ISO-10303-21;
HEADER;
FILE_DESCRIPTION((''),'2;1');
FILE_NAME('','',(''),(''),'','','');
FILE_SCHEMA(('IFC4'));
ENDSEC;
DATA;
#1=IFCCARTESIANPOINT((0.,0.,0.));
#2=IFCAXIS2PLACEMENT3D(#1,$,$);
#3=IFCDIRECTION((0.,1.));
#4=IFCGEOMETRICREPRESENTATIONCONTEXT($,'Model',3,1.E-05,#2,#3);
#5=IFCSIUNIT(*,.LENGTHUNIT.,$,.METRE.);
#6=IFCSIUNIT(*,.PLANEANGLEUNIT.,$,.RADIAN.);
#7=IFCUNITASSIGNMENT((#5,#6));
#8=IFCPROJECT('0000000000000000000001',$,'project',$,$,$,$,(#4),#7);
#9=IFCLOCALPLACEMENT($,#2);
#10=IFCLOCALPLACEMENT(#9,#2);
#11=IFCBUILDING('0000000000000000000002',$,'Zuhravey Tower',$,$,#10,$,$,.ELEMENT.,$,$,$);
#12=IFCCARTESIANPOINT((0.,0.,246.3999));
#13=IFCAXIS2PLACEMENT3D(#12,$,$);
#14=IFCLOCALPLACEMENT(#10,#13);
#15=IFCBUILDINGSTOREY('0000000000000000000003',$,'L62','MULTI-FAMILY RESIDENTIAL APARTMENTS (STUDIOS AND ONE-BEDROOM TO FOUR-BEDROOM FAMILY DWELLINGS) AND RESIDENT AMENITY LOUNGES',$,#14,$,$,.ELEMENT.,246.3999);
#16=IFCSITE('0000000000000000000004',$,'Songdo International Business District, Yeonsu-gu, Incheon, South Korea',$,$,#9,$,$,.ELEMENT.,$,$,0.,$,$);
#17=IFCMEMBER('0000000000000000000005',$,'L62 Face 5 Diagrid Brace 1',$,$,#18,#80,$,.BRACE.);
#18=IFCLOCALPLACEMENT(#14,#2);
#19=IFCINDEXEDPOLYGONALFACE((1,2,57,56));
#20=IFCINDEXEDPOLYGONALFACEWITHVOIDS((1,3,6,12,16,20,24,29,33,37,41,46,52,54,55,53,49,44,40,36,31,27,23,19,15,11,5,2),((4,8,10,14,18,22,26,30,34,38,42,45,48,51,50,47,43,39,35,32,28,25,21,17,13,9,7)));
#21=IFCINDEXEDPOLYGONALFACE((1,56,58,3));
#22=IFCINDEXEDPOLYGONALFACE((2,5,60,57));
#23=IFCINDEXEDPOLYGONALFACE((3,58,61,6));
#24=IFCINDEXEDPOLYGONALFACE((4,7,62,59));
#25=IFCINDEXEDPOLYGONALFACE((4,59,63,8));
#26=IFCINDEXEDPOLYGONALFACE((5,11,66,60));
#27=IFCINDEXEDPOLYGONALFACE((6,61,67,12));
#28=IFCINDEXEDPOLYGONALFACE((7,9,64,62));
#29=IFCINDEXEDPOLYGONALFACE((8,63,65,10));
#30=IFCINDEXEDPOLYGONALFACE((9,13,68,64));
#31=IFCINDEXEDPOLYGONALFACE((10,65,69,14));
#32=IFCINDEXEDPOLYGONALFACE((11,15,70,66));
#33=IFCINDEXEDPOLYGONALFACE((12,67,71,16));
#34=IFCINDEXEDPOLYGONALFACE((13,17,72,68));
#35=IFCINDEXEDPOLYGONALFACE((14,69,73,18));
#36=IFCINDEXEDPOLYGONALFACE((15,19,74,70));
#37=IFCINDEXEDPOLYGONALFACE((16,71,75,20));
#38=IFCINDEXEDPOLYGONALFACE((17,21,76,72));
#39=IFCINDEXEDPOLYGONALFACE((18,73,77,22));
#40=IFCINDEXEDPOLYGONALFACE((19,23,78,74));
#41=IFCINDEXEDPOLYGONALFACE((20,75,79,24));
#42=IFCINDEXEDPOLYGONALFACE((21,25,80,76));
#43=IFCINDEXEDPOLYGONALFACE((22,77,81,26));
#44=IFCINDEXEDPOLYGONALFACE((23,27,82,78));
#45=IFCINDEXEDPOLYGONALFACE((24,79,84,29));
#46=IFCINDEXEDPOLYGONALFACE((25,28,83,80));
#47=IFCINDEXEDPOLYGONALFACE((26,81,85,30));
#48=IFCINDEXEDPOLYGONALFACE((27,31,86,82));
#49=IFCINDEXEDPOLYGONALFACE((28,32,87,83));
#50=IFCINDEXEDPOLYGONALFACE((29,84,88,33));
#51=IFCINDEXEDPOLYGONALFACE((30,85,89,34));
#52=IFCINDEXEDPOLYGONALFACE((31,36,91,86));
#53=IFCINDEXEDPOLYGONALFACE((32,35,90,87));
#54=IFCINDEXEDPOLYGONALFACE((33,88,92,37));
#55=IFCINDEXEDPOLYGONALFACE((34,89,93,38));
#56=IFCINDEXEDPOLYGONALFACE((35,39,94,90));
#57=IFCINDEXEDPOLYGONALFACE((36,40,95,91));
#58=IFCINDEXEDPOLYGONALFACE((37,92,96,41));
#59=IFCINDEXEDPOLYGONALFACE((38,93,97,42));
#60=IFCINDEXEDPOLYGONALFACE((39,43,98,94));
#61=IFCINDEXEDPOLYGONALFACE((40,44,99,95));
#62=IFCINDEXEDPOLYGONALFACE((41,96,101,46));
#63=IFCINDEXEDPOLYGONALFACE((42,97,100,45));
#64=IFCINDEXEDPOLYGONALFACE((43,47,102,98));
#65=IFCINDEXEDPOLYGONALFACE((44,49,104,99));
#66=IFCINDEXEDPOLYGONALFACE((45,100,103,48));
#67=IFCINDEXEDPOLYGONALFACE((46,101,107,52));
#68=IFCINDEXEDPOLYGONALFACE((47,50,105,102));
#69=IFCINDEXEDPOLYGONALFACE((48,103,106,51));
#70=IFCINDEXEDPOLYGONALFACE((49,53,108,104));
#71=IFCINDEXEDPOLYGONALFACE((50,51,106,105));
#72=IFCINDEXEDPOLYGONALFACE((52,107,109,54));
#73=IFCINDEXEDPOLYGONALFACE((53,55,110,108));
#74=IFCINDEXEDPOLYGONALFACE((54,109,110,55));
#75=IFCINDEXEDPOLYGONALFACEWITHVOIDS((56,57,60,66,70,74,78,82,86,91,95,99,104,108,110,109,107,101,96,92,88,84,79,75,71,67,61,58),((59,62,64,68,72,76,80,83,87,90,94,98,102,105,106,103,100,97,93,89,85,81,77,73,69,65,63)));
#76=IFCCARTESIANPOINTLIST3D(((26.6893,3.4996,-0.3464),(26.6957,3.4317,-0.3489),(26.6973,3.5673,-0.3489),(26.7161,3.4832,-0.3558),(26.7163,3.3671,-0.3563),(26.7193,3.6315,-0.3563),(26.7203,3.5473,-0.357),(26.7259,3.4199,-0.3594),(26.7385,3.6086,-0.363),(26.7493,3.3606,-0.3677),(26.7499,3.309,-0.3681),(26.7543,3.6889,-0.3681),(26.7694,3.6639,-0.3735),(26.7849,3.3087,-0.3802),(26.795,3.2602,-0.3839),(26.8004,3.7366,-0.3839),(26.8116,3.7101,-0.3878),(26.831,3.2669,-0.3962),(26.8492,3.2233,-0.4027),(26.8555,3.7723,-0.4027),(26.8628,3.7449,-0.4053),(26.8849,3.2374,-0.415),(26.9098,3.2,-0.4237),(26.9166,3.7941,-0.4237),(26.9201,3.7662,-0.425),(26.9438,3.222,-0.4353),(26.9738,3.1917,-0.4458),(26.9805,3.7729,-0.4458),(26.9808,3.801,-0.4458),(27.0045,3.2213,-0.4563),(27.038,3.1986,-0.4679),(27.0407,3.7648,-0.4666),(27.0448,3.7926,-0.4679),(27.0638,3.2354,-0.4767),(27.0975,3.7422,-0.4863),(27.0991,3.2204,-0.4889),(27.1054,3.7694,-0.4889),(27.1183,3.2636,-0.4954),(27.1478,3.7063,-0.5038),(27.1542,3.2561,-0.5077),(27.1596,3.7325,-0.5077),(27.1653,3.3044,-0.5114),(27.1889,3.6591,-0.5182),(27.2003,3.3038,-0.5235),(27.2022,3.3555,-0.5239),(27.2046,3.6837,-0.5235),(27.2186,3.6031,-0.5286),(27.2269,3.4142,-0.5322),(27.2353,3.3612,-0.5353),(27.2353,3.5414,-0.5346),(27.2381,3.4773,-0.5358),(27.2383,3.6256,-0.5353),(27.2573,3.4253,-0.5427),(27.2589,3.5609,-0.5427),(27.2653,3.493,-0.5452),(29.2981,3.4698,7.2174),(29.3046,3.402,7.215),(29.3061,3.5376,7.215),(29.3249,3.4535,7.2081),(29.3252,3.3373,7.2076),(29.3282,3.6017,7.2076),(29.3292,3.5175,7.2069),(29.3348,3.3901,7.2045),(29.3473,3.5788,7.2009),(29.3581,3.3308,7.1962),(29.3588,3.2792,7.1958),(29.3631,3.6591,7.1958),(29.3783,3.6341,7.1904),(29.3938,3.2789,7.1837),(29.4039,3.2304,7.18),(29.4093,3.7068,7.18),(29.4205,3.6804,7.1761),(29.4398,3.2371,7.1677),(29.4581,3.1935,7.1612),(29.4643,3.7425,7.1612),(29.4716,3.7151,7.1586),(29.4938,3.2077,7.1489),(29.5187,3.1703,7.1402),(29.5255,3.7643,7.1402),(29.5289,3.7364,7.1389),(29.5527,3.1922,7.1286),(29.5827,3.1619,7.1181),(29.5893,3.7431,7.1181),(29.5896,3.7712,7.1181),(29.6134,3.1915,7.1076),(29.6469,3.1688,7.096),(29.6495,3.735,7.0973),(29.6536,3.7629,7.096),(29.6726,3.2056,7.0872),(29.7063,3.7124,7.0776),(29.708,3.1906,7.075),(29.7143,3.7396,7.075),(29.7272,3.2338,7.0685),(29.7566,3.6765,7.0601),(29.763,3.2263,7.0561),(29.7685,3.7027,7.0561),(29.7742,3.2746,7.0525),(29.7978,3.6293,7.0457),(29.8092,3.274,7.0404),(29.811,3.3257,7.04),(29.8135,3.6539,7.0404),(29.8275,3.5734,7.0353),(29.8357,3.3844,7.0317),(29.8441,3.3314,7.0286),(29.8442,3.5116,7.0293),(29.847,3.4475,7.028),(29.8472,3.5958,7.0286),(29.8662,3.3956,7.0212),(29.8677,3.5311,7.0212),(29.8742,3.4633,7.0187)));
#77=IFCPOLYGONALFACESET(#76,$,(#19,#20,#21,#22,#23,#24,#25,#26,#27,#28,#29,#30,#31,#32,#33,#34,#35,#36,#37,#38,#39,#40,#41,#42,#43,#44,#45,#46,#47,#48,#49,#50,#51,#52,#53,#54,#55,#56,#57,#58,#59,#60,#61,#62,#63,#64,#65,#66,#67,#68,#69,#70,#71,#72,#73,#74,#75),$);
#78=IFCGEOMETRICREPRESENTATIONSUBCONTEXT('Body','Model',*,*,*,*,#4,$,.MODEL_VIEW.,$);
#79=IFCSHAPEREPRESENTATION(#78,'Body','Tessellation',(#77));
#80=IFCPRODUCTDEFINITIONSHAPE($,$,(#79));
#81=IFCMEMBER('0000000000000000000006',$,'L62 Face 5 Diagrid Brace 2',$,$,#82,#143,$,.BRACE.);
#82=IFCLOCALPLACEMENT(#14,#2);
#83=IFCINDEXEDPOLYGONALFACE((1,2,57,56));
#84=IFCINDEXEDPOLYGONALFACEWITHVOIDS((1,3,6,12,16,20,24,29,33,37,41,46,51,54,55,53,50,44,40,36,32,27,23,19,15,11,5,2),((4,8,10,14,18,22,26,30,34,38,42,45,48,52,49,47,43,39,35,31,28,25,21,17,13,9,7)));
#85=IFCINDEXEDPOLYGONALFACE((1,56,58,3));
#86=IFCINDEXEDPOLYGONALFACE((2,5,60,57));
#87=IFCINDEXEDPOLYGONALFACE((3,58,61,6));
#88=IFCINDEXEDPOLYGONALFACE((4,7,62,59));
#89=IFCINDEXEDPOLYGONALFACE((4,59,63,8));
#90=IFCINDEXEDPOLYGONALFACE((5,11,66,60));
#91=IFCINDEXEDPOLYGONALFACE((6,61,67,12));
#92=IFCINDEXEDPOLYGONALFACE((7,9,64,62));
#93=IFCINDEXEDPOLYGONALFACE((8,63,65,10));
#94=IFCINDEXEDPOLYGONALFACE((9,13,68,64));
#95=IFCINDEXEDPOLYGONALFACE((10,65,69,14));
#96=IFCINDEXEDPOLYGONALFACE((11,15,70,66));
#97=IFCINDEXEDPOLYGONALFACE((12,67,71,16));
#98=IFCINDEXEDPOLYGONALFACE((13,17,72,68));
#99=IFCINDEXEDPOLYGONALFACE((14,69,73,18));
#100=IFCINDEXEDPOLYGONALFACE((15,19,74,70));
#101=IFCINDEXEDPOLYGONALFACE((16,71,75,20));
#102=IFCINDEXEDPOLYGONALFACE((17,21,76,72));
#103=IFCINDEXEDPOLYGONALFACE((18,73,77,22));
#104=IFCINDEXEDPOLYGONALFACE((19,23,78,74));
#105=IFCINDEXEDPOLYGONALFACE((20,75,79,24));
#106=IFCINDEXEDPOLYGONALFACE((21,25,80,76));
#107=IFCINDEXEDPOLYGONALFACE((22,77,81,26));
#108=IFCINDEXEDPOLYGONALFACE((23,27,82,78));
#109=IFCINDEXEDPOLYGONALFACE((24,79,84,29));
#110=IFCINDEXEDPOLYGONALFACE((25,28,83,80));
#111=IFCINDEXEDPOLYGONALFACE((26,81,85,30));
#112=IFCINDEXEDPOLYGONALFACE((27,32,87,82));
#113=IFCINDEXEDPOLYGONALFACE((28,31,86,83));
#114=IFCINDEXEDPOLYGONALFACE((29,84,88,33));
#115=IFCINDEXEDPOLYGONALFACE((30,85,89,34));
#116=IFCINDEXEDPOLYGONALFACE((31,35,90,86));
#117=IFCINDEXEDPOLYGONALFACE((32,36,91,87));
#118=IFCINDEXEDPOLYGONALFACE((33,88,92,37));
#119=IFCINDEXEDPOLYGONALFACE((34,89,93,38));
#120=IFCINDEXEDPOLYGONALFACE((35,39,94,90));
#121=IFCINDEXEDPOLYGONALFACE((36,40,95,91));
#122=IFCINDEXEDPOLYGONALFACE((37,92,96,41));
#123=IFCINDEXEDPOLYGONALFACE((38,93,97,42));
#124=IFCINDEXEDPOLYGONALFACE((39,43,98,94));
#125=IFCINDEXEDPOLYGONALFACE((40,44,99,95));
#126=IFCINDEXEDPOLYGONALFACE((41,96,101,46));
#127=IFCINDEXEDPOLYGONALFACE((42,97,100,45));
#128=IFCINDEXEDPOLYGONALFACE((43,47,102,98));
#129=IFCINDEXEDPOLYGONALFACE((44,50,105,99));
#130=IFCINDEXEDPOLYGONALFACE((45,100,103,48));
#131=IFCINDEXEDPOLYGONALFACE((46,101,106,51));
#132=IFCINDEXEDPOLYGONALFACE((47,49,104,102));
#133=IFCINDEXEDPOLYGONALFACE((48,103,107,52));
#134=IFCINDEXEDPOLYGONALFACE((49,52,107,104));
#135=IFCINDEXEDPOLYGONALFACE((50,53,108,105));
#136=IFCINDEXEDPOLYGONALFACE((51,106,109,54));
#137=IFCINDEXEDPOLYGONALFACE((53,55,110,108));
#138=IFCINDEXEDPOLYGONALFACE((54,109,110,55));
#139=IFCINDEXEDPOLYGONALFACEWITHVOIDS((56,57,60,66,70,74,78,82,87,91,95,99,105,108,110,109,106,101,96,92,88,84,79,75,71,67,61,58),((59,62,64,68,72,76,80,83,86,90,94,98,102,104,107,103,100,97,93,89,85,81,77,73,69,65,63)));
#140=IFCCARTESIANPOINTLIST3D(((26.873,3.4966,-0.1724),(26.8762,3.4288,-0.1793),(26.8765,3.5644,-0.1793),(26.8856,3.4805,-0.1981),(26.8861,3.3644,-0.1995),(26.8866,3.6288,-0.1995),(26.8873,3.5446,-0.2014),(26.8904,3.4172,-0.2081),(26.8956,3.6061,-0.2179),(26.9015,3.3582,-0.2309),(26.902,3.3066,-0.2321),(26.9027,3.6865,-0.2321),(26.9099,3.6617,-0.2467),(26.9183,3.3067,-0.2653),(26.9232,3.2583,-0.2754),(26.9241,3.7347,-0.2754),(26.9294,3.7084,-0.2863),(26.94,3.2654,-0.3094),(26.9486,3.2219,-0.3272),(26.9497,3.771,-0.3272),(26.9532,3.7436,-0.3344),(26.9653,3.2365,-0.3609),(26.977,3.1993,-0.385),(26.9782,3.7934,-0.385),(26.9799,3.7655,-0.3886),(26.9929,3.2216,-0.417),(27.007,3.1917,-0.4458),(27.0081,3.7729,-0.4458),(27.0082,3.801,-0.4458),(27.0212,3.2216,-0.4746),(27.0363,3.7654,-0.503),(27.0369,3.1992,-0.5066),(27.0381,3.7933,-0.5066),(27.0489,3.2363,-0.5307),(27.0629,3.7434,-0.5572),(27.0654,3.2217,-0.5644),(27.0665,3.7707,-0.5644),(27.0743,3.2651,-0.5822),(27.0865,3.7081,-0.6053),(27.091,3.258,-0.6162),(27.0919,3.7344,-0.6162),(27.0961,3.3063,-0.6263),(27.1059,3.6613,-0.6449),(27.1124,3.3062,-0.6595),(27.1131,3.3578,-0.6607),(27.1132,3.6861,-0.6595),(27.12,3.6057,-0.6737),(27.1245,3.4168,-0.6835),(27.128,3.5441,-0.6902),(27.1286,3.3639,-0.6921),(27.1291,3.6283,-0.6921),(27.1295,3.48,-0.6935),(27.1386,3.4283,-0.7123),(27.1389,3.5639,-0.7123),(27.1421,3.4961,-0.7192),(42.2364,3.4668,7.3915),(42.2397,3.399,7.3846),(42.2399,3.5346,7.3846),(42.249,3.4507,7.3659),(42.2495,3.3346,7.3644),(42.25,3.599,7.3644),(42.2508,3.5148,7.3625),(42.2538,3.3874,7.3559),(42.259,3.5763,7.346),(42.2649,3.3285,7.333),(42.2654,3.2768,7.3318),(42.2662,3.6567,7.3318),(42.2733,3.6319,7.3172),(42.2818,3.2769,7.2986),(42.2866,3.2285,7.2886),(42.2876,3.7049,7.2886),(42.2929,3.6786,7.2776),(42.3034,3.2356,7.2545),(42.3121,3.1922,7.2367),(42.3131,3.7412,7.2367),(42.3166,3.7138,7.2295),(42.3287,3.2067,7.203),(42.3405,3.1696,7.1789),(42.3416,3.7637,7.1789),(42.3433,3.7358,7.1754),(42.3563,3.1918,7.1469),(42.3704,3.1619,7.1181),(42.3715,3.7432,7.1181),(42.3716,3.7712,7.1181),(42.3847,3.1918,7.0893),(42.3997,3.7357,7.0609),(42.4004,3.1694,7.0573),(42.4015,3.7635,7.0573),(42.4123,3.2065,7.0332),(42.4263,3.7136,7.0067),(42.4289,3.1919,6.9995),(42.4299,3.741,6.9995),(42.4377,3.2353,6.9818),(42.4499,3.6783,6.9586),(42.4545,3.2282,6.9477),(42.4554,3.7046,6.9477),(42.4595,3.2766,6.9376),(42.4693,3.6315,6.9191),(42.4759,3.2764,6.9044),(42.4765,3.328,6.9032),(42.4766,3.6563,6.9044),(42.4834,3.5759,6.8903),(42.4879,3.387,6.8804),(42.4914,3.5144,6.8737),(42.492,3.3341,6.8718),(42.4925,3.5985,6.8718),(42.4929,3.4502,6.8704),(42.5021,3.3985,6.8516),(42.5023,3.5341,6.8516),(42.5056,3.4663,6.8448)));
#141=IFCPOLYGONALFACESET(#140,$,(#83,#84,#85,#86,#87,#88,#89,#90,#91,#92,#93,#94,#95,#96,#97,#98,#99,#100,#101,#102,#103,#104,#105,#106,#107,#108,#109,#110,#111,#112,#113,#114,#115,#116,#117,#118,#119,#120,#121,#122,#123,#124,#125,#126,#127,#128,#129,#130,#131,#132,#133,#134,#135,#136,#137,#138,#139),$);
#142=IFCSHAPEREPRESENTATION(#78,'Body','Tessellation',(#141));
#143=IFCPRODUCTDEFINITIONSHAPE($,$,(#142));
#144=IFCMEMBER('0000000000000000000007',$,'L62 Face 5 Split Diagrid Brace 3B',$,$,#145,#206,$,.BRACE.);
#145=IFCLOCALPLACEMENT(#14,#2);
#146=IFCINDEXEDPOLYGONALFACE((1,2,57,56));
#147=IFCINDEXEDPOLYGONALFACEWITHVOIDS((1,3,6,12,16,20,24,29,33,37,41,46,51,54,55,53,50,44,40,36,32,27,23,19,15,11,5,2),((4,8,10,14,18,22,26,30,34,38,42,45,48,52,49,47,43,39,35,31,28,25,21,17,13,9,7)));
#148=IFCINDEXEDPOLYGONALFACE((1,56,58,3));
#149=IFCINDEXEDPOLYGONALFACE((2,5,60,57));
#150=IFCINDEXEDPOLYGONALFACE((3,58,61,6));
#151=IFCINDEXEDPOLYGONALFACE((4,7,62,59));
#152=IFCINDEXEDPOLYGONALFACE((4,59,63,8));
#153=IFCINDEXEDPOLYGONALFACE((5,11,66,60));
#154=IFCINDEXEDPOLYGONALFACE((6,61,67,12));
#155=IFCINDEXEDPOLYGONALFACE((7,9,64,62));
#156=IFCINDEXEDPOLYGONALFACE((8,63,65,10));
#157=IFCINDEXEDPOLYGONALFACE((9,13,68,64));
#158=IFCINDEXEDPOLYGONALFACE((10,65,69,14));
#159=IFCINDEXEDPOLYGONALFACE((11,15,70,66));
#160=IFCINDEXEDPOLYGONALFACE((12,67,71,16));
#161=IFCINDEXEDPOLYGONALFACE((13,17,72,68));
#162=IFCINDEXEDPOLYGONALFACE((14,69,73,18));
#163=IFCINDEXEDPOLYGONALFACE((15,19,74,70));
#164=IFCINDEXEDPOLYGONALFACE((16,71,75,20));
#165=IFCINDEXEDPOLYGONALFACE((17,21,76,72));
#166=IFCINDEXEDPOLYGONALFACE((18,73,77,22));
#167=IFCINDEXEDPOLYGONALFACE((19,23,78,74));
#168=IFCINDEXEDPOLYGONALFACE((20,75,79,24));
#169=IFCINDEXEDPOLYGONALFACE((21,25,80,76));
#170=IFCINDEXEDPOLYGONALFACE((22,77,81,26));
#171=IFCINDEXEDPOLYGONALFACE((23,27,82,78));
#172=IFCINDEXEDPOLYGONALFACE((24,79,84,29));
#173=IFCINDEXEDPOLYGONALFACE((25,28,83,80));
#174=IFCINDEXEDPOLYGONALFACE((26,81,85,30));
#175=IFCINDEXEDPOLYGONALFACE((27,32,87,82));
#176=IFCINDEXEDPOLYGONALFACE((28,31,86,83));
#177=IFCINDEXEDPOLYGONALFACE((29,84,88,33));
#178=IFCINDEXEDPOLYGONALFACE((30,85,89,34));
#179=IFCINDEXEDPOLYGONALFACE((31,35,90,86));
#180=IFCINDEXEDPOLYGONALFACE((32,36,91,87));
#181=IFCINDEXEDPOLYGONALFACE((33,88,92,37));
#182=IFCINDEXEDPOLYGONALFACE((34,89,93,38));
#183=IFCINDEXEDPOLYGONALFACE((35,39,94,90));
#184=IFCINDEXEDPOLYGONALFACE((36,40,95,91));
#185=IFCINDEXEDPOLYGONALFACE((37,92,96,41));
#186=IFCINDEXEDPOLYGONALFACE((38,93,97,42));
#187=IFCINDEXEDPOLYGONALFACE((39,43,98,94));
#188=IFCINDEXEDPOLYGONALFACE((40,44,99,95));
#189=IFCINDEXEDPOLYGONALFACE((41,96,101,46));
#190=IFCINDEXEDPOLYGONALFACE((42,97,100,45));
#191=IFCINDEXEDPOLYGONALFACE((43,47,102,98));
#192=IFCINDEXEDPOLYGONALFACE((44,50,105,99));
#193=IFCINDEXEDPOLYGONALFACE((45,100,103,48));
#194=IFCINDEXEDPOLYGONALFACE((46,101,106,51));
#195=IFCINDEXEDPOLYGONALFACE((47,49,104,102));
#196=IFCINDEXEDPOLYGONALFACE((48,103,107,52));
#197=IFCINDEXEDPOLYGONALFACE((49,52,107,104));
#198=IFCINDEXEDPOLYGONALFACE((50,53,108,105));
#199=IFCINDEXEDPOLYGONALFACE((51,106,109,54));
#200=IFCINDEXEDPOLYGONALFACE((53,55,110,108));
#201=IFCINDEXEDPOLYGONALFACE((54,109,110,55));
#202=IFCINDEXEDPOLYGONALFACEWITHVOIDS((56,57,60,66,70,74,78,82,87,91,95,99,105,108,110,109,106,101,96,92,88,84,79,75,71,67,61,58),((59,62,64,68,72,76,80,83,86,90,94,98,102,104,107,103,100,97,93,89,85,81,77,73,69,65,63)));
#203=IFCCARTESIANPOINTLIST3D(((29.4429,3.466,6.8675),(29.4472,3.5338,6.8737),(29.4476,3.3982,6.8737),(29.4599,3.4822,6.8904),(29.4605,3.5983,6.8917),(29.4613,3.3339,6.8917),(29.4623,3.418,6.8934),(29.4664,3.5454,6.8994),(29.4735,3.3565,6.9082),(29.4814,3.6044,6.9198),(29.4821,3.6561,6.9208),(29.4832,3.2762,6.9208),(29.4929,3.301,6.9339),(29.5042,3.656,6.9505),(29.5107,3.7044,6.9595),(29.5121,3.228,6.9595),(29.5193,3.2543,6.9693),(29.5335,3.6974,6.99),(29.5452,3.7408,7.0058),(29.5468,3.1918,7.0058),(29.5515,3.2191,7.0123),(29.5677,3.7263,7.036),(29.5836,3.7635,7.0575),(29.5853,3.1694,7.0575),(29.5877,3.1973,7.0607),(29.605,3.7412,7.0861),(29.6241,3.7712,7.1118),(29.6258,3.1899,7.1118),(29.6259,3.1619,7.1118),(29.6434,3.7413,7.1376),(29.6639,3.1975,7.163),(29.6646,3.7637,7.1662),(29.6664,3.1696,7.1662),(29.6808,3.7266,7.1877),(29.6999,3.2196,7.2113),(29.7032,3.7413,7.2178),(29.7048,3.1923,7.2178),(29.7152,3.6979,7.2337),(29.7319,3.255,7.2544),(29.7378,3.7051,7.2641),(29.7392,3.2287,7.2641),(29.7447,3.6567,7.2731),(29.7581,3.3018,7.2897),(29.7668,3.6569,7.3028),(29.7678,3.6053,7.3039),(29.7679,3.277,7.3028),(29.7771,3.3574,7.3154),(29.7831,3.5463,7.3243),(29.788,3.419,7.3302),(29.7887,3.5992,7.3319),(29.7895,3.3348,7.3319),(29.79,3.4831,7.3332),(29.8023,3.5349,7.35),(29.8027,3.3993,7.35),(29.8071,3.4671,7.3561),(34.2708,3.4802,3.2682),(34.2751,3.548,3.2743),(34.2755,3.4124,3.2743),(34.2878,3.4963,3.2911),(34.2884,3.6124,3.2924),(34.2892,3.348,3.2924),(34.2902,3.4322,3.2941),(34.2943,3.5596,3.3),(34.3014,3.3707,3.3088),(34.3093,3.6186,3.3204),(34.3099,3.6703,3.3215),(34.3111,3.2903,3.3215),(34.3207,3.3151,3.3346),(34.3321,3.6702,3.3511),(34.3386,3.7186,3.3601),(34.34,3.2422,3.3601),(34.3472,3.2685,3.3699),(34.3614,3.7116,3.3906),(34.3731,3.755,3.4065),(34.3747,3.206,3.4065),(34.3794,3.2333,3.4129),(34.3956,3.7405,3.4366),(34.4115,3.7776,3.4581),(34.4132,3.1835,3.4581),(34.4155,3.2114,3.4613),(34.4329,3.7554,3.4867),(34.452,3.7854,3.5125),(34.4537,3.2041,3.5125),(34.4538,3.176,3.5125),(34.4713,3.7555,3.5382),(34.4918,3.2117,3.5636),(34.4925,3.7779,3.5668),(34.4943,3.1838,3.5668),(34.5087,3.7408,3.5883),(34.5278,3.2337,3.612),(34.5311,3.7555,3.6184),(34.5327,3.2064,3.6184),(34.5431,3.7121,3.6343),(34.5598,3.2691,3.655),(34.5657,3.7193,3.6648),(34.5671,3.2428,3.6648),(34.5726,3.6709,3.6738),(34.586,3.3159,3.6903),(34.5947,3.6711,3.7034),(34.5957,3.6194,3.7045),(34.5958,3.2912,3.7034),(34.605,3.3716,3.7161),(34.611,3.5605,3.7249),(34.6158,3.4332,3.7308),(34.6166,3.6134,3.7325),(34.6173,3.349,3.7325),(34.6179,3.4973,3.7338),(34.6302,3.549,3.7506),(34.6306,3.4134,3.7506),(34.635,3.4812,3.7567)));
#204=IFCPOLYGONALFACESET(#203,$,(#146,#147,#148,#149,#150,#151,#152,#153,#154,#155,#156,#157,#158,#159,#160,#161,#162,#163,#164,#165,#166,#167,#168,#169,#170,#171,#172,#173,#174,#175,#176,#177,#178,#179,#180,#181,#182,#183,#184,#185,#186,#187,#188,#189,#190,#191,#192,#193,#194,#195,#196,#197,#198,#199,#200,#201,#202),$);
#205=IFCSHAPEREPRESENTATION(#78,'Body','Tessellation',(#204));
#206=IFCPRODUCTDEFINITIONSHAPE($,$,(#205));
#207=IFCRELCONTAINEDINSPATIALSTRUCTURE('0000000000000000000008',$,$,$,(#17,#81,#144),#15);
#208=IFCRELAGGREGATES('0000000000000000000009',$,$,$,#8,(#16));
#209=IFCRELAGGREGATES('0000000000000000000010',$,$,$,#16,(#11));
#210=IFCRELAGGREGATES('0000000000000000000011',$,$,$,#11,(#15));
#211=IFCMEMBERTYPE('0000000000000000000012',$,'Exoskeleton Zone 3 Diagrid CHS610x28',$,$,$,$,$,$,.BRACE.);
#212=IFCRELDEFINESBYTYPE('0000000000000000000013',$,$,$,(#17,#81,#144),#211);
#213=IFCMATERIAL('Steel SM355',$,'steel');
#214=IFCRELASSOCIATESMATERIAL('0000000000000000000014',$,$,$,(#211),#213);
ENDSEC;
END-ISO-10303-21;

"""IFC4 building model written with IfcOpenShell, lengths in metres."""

from ifc_helpers import new_model, si_unit, direction, frame, origin, origin_2d, place, context, subcontext, project, spatial, hollow_circle, extrude, material, material_profile, profile_set, type_object, element, save


model = new_model("IFC4")

# Units and contexts
model_context = context("Model", 3, precision=1e-05, world=origin(), true_north=direction((0.0, 1.0)))
body_context = subcontext(model_context, "Body", "Model", "MODEL_VIEW")
ifc_project = project(units=[si_unit("LENGTHUNIT", "METRE"), si_unit("PLANEANGLEUNIT", "RADIAN")], contexts=[model_context])

# Site, building, storey
site_placement = place(None, origin())
site = spatial("IfcSite", under=ifc_project, at=site_placement, Name="Songdo International Business District, Yeonsu-gu, Incheon, South Korea", CompositionType="ELEMENT", RefElevation=0.0)
building_placement = place(site_placement, origin())
building = spatial("IfcBuilding", under=site, at=building_placement, Name="Zuhravey Tower", CompositionType="ELEMENT")
storey_placement = place(building_placement, frame((0.0, 0.0, 246.3999)))
storey = spatial("IfcBuildingStorey", under=building, at=storey_placement, Name="L62", Description="MULTI-FAMILY RESIDENTIAL APARTMENTS (STUDIOS AND ONE-BEDROOM TO FOUR-BEDROOM FAMILY DWELLINGS) AND RESIDENT AMENITY LOUNGES", CompositionType="ELEMENT", Elevation=246.3999)

# Members
ifc_material_1 = material(Name="Steel SM355", Category="steel")
ifc_material_profile_1 = material_profile(ifc_material_1, hollow_circle(Radius=0.3047, WallThickness=0.0281, at=origin_2d()), Name="CHS-609.6x28")
ifc_profile_set_1 = profile_set([ifc_material_profile_1], Name="Steel SM355")
member_type_1 = type_object("IfcMemberType", Name="Exoskeleton Zone 3 Diagrid CHS610x28", PredefinedType="BRACE", material=ifc_profile_set_1)
member_1_placement = place(storey_placement, frame((26.9773, 3.4963, -0.4458), z_axis=(0.326058, -0.003723, 0.945342), x_axis=(0.011416, 0.999935, 0.0)))
element("IfcMember", 1, at=member_1_placement, inside=storey, type_object=member_type_1, Name="L62 Face 5 Diagrid Brace 1", PredefinedType="BRACE", context=body_context, shape_type="SweptSolid", body=[
    extrude(hollow_circle(Radius=0.3047, WallThickness=0.0281, at=origin_2d()), origin(), (0.0, 0.0, 1.0), 8.0012),
])
member_2_placement = place(storey_placement, frame((27.0076, 3.4963, -0.4458), z_axis=(0.89716, -0.001739, 0.441701), x_axis=(0.001939, 0.999998, 0.0)))
element("IfcMember", 2, at=member_2_placement, inside=storey, type_object=member_type_1, Name="L62 Face 5 Diagrid Brace 2", PredefinedType="BRACE", context=body_context, shape_type="SweptSolid", body=[
    extrude(hollow_circle(Radius=0.3047, WallThickness=0.0281, at=origin_2d()), origin(), (0.0, 0.0, 1.0), 17.1245),
])
member_3_placement = place(storey_placement, frame((34.4529, 3.4807, 3.5125), z_axis=(-0.801712, -0.002351, 0.597706), x_axis=(0.002933, -0.999996, 0.0)))
element("IfcMember", 3, at=member_3_placement, inside=storey, type_object=member_type_1, Name="L62 Face 5 Split Diagrid Brace 3B", PredefinedType="BRACE", context=body_context, shape_type="SweptSolid", body=[
    extrude(hollow_circle(Radius=0.3047, WallThickness=0.0281, at=origin_2d()), origin(), (0.0, 0.0, 1.0), 6.022),
])

save(model, "model.ifc")
